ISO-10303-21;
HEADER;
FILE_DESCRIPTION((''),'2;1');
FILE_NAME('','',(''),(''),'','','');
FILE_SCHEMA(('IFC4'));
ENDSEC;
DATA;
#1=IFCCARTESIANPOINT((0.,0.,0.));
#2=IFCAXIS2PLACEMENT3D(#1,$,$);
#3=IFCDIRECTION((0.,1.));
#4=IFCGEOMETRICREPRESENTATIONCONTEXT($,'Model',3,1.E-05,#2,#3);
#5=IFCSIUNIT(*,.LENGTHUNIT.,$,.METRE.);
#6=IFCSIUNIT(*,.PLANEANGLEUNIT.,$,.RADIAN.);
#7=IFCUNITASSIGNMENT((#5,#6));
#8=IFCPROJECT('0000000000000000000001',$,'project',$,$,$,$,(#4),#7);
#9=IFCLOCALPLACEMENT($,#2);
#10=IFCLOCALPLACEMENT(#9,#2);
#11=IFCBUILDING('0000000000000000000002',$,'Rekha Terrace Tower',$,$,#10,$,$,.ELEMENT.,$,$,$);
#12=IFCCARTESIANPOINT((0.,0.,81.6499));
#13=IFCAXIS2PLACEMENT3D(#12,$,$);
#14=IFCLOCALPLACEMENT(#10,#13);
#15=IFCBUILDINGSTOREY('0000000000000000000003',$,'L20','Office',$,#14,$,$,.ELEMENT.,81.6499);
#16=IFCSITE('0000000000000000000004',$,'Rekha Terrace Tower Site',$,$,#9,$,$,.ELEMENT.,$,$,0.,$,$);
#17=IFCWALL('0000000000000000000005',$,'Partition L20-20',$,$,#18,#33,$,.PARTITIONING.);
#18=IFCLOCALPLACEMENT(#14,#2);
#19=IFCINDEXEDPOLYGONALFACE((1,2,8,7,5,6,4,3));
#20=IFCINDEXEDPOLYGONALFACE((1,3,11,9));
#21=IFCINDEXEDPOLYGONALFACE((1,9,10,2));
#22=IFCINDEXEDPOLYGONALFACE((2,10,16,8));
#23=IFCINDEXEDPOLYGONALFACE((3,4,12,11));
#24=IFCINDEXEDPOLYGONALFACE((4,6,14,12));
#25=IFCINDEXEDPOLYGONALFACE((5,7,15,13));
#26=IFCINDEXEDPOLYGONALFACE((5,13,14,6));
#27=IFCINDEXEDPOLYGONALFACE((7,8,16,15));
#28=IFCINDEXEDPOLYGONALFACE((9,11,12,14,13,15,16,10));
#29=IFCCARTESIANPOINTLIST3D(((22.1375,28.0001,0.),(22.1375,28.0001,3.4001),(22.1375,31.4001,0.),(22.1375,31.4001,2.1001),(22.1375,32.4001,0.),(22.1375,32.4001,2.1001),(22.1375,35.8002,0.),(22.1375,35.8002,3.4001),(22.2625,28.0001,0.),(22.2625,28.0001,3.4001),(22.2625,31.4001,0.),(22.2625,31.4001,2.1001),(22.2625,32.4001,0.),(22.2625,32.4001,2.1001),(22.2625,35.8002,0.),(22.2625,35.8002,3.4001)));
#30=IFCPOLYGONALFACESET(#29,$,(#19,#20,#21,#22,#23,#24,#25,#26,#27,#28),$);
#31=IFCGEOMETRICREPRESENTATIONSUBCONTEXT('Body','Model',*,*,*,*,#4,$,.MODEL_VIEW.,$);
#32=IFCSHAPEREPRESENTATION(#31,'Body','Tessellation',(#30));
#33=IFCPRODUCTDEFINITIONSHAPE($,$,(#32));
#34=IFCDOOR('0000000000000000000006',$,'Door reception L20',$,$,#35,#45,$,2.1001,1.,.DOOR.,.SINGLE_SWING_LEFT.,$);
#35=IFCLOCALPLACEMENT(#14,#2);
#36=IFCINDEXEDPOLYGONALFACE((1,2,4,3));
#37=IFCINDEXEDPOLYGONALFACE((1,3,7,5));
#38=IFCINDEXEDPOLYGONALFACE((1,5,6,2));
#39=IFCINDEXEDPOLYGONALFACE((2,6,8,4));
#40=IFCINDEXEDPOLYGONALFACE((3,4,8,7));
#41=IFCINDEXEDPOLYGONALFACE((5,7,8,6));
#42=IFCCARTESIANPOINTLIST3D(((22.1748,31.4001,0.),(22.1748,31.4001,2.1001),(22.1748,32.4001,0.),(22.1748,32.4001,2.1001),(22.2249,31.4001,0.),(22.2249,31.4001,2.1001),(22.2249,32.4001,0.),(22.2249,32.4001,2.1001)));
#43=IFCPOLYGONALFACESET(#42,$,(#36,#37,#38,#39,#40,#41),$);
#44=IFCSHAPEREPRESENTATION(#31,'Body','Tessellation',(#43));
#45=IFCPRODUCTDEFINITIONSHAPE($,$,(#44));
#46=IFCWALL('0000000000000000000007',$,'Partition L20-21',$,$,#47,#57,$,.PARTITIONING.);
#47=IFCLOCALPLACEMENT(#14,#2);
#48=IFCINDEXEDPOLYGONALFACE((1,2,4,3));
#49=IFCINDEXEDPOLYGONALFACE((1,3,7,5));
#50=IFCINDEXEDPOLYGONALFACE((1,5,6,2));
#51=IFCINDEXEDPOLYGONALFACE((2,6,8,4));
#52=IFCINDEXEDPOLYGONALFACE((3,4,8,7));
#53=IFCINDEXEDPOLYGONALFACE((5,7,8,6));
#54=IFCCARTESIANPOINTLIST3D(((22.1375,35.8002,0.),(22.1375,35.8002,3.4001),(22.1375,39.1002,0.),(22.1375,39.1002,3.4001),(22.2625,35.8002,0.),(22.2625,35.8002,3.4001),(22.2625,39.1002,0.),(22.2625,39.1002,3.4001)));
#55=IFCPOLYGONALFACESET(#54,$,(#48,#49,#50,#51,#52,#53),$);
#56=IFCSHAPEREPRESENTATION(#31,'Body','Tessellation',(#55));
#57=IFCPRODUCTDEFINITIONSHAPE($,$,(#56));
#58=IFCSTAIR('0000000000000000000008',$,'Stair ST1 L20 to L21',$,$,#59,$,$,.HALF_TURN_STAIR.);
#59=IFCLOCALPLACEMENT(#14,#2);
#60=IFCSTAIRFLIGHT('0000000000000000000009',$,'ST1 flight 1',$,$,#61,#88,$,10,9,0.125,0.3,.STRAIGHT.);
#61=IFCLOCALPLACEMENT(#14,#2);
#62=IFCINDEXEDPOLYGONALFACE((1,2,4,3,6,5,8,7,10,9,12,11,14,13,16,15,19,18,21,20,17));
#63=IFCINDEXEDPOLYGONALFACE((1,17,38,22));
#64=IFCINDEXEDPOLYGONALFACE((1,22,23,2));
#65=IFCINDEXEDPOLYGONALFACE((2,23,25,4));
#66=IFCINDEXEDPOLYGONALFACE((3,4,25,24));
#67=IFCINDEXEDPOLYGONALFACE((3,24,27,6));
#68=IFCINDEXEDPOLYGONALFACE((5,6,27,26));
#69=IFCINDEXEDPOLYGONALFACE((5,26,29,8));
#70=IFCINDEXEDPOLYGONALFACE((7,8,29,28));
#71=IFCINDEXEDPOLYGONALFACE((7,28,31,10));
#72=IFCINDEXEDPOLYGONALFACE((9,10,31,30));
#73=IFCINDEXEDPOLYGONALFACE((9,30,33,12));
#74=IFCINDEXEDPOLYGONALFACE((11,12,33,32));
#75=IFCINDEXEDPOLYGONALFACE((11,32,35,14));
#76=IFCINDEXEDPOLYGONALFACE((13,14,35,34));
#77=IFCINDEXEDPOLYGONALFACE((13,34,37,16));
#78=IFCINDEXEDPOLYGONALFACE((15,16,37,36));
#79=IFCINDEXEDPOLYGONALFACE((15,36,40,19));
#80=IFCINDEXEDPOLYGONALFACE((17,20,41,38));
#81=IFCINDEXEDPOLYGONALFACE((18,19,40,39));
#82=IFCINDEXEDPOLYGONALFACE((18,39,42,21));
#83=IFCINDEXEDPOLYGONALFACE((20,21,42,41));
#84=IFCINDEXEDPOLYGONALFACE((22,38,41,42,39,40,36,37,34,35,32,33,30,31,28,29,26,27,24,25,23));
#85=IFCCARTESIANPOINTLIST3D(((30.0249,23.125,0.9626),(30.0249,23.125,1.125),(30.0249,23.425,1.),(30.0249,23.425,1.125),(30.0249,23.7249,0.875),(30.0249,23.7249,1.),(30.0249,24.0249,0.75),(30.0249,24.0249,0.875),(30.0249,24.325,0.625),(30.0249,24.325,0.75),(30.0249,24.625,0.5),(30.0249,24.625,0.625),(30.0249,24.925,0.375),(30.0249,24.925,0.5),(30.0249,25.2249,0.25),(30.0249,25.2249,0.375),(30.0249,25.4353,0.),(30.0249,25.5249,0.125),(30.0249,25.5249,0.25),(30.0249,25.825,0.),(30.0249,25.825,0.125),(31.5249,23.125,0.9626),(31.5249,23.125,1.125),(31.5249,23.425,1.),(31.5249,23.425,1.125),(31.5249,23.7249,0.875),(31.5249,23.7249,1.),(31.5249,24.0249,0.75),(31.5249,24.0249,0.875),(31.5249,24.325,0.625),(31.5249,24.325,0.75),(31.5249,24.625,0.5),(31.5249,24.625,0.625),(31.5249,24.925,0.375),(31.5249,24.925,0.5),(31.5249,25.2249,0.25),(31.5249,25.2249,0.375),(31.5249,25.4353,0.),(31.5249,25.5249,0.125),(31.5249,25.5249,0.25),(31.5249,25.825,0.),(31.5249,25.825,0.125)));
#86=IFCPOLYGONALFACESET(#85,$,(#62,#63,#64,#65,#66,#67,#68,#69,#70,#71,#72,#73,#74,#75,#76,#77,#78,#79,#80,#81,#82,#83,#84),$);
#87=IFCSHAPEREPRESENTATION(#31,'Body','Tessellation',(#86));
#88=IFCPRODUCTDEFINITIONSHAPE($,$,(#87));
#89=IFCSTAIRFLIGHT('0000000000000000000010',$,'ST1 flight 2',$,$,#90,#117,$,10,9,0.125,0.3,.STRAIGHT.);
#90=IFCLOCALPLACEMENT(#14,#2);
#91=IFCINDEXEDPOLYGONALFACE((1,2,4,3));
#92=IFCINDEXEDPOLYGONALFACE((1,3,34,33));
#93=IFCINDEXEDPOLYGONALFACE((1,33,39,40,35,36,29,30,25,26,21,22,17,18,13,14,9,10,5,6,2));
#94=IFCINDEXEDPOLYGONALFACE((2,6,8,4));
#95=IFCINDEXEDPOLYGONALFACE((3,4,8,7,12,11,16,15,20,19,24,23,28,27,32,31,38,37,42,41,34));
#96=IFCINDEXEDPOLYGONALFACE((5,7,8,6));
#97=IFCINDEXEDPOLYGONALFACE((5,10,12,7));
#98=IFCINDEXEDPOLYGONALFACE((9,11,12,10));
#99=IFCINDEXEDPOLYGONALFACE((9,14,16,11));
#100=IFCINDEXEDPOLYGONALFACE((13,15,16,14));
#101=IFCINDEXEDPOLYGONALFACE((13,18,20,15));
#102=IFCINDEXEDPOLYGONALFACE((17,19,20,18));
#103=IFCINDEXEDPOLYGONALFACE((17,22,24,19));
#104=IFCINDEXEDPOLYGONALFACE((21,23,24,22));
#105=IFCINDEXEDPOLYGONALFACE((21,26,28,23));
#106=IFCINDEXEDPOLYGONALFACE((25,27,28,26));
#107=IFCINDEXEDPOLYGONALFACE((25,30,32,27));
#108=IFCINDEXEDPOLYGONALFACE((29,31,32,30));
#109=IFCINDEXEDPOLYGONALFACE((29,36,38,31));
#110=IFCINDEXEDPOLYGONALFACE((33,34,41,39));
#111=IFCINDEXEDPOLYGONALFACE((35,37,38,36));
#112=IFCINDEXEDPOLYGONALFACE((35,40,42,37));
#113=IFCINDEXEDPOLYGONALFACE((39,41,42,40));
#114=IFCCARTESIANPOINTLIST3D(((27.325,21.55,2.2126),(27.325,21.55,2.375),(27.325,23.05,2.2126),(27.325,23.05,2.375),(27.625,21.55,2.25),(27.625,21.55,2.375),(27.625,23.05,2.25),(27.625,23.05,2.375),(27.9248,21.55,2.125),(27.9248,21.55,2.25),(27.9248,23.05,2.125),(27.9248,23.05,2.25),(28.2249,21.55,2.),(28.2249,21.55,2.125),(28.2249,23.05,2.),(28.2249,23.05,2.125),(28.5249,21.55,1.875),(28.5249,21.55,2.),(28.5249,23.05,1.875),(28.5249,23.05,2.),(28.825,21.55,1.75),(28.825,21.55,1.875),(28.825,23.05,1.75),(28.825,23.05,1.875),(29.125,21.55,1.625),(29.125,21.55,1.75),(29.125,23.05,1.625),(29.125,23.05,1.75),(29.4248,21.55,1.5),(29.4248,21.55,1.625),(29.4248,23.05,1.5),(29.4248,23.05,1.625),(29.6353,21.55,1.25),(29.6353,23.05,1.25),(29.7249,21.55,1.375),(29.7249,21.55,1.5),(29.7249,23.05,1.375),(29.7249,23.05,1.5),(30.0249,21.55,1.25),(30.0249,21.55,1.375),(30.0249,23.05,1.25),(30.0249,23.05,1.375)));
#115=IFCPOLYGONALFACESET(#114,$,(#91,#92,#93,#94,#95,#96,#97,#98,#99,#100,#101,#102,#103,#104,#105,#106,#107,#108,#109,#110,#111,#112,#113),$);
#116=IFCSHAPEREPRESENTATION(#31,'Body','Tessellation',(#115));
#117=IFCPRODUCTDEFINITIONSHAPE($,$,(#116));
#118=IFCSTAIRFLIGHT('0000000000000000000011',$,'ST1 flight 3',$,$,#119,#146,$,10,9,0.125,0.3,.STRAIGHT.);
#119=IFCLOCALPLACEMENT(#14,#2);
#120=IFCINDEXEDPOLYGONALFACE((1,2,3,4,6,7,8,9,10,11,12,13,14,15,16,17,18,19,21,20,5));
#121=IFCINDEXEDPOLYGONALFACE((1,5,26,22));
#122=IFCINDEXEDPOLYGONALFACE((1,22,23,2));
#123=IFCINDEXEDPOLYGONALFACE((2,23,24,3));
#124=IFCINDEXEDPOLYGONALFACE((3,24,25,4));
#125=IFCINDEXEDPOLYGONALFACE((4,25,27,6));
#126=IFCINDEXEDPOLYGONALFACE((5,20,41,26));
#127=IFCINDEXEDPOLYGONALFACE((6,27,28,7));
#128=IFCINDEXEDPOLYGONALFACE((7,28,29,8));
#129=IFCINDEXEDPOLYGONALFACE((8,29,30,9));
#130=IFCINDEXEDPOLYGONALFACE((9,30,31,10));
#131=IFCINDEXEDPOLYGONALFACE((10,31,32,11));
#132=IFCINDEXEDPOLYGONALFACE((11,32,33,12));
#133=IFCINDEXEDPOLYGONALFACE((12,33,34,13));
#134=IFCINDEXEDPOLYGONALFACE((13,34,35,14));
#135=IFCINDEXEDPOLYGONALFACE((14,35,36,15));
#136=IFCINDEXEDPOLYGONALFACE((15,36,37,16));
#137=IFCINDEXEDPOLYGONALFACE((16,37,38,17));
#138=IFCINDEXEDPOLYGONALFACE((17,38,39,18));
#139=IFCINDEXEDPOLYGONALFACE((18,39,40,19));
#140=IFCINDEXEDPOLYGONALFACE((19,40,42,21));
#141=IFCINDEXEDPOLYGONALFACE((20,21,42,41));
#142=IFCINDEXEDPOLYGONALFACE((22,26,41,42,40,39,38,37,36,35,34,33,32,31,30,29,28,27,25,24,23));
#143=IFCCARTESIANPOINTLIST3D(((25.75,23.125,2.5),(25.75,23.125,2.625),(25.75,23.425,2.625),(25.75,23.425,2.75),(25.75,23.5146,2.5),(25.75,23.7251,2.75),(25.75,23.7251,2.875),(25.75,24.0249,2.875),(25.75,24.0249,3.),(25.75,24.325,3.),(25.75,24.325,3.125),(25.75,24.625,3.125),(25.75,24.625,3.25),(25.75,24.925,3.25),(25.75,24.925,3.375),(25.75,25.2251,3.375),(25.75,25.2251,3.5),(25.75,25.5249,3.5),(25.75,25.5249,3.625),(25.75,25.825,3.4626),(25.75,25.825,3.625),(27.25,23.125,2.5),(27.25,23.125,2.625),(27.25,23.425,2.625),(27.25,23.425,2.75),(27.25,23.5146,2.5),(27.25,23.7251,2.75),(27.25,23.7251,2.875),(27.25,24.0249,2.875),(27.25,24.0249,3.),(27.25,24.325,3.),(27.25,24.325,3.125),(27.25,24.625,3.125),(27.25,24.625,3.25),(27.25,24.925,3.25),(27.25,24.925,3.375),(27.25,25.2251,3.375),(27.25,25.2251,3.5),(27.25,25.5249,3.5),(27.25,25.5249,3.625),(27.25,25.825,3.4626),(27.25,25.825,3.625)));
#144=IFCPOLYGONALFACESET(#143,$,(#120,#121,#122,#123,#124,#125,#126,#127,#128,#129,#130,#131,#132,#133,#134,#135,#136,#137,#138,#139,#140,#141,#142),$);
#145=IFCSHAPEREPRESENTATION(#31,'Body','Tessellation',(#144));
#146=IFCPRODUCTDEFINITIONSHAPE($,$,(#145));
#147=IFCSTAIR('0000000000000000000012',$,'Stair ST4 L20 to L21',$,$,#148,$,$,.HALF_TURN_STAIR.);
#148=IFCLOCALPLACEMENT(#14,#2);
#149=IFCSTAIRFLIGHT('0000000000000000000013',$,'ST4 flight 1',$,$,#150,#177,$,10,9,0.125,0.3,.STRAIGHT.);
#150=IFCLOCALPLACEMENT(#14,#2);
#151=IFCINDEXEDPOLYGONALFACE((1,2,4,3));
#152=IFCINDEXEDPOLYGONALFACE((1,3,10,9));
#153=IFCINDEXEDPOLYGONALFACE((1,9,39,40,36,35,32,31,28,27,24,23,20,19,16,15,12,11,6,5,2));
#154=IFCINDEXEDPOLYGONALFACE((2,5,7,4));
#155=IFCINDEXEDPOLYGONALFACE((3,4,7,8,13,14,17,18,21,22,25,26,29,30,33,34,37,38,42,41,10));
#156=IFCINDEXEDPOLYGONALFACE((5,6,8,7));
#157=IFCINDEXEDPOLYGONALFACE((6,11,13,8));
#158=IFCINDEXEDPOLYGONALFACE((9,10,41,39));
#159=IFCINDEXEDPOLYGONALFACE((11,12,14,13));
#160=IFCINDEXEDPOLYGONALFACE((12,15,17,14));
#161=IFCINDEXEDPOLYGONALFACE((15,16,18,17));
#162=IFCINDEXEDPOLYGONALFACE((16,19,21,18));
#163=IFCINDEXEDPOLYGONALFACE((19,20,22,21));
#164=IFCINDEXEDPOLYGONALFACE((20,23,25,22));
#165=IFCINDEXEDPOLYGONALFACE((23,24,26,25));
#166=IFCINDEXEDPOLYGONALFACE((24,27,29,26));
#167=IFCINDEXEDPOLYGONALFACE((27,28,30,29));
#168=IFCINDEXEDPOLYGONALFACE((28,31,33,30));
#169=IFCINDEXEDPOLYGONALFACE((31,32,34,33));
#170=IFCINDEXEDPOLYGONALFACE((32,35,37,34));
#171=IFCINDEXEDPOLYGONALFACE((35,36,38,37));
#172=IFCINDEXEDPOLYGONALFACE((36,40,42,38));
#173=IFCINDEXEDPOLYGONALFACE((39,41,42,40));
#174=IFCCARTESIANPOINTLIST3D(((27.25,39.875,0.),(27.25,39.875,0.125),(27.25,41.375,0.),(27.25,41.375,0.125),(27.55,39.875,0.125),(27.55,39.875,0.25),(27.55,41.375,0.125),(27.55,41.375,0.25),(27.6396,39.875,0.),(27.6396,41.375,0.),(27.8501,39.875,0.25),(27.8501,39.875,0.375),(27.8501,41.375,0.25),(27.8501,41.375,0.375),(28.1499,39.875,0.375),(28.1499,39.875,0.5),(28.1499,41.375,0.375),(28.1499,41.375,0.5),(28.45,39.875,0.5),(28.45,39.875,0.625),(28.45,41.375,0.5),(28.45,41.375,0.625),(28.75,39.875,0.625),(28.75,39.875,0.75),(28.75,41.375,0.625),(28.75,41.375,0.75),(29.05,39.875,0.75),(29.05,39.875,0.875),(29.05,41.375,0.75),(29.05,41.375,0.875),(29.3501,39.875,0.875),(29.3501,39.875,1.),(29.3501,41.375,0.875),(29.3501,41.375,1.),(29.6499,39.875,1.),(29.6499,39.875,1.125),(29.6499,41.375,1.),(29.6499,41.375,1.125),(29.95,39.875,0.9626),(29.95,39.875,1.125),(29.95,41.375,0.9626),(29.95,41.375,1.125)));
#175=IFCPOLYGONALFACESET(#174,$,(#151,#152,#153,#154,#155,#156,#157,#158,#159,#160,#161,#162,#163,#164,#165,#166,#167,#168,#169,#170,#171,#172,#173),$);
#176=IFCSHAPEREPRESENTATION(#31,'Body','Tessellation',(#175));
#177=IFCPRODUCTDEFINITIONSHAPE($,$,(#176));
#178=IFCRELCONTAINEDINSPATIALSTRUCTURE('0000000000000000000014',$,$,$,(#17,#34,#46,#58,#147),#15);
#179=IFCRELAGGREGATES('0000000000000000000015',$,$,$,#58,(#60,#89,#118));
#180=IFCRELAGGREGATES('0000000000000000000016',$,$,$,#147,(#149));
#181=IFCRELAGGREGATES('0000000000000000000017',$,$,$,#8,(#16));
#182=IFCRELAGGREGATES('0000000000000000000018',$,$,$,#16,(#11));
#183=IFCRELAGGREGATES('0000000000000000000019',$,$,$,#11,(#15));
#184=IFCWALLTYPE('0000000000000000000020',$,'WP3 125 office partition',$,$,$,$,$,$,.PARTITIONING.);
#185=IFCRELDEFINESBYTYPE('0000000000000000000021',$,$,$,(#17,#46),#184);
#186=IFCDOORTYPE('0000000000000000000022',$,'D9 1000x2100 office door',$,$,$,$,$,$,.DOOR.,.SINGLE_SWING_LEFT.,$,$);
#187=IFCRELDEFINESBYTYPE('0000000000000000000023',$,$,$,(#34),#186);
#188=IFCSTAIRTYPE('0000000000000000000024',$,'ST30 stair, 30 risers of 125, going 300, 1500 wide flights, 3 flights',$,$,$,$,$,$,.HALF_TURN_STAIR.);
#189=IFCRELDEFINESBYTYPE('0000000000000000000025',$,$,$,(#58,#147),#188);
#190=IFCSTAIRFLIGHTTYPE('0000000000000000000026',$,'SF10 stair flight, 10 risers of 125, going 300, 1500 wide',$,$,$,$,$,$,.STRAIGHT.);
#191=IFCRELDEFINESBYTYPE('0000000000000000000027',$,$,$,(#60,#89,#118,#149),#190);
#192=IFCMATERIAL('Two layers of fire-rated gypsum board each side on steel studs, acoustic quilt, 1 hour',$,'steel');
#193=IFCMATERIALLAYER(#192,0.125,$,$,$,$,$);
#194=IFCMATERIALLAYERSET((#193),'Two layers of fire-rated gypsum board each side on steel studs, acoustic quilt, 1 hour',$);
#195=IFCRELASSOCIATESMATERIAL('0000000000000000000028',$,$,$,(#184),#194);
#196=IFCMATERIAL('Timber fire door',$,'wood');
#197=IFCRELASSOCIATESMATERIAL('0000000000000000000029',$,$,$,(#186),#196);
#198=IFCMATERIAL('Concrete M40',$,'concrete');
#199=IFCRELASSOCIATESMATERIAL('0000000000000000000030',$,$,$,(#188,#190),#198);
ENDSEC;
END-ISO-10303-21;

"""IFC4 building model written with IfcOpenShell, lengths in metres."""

from ifc_helpers import new_model, si_unit, direction, frame, frame_2d, origin, place, context, subcontext, project, spatial, polyline, rectangle, outline, extrude, material, layer, layer_set, type_object, element, fill, aggregate, save


model = new_model("IFC4")

# Units and contexts
model_context = context("Model", 3, precision=1e-05, world=origin(), true_north=direction((0.0, 1.0)))
body_context = subcontext(model_context, "Body", "Model", "MODEL_VIEW")
ifc_project = project(units=[si_unit("LENGTHUNIT", "METRE"), si_unit("PLANEANGLEUNIT", "RADIAN")], contexts=[model_context])

# Site, building, storey
site_placement = place(None, origin())
site = spatial("IfcSite", under=ifc_project, at=site_placement, Name="Rekha Terrace Tower Site", CompositionType="ELEMENT", RefElevation=0.0)
building_placement = place(site_placement, origin())
building = spatial("IfcBuilding", under=site, at=building_placement, Name="Rekha Terrace Tower", CompositionType="ELEMENT")
storey_placement = place(building_placement, frame((0.0, 0.0, 81.6499)))
storey = spatial("IfcBuildingStorey", under=building, at=storey_placement, Name="L20", Description="Office", CompositionType="ELEMENT", Elevation=81.6499)

# Wall, opening, door
ifc_material_1 = material(Name="Two layers of fire-rated gypsum board each side on steel studs, acoustic quilt, 1 hour", Category="steel")
ifc_layer_1 = layer(ifc_material_1, 0.125)
ifc_layer_set_1 = layer_set([ifc_layer_1], Name="Two layers of fire-rated gypsum board each side on steel studs, acoustic quilt, 1 hour")
wall_type_1 = type_object("IfcWallType", Name="WP3 125 office partition", PredefinedType="PARTITIONING", material=ifc_layer_set_1)
wall_1_placement = place(storey_placement, frame((22.2, 35.8, 0.0), z_axis=(0.0, 0.0, 1.0), x_axis=(0.0, -1.0, 0.0)))
wall_1 = element("IfcWall", 1, at=wall_1_placement, inside=storey, type_object=wall_type_1, Name="Partition L20-20", PredefinedType="PARTITIONING", context=body_context, shape_type="SweptSolid", body=[
    extrude(rectangle(XDim=7.8, YDim=0.125, at=frame_2d((3.8999, 0.0))), origin(), (0.0, 0.0, 1.0), 3.4001),
])
opening_1_placement = place(wall_1_placement, frame((3.3999, 0.0, 0.0)))
opening_1 = element("IfcOpeningElement", 2, at=opening_1_placement, cuts=wall_1, PredefinedType="OPENING", context=body_context, shape_type="SweptSolid", body=[
    extrude(rectangle(XDim=1.0, YDim=2.1001, at=frame_2d((0.5, 1.05))), frame((0.0, 0.0725, 0.0), z_axis=(0.0, -1.0, 0.0), x_axis=(1.0, 0.0, 0.0)), (0.0, 0.0, 1.0), 0.145),
])
ifc_material_2 = material(Name="Timber fire door", Category="wood")
door_type_1 = type_object("IfcDoorType", Name="D9 1000x2100 office door", OperationType="SINGLE_SWING_LEFT", PredefinedType="DOOR", material=ifc_material_2)
door_1_placement = place(opening_1_placement, origin())
door_1 = element("IfcDoor", 3, at=door_1_placement, inside=storey, type_object=door_type_1, Name="Door reception L20", OperationType="SINGLE_SWING_LEFT", OverallHeight=2.1001, OverallWidth=1.0, PredefinedType="DOOR", context=body_context, shape_type="SweptSolid", body=[
    extrude(rectangle(XDim=1.0, YDim=2.1001, at=frame_2d((0.5, 1.05))), frame((0.0, 0.0249, 0.0), z_axis=(0.0, -1.0, 0.0), x_axis=(1.0, 0.0, 0.0)), (0.0, 0.0, 1.0), 0.05),
])
fill(opening_1, door_1)

# Wall
wall_2_placement = place(storey_placement, frame((22.2, 39.1001, 0.0), z_axis=(0.0, 0.0, 1.0), x_axis=(0.0, -1.0, 0.0)))
element("IfcWall", 4, at=wall_2_placement, inside=storey, type_object=wall_type_1, Name="Partition L20-21", PredefinedType="PARTITIONING", context=body_context, shape_type="SweptSolid", body=[
    extrude(rectangle(XDim=3.3, YDim=0.125, at=frame_2d((1.6499, 0.0))), origin(), (0.0, 0.0, 1.0), 3.4001),
])

# Stair, stair flights
ifc_material_3 = material(Name="Concrete M40", Category="concrete")
stair_type = type_object("IfcStairType", Name="ST30 stair, 30 risers of 125, going 300, 1500 wide flights, 3 flights", PredefinedType="HALF_TURN_STAIR", material=ifc_material_3)
stair_1_placement = place(storey_placement, origin())
stair_1 = element("IfcStair", 5, at=stair_1_placement, inside=storey, type_object=stair_type, Name="Stair ST1 L20 to L21", PredefinedType="HALF_TURN_STAIR")
stair_flight_type = type_object("IfcStairFlightType", Name="SF10 stair flight, 10 risers of 125, going 300, 1500 wide", PredefinedType="STRAIGHT", material=ifc_material_3)
stair_flight_1_placement = place(storey_placement, frame((30.7749, 25.825, 0.0), z_axis=(0.0, 0.0, 1.0), x_axis=(0.0, -1.0, 0.0)))
stair_flight_1 = element("IfcStairFlight", 6, at=stair_flight_1_placement, type_object=stair_flight_type, Name="ST1 flight 1", NumberOfRisers=10, NumberOfTreads=9, PredefinedType="STRAIGHT", RiserHeight=0.125, TreadLength=0.3, context=body_context, shape_type="SweptSolid", body=[
    extrude(outline(polyline([(0.0, 0.0), (0.0, 0.125), (0.3, 0.125), (0.3, 0.25), (0.6001, 0.25), (0.6001, 0.375), (0.8999, 0.375), (0.8999, 0.5), (1.2, 0.5), (1.2, 0.625), (1.5, 0.625), (1.5, 0.75), (1.8, 0.75), (1.8, 0.875), (2.1001, 0.875), (2.1001, 1.0), (2.3999, 1.0), (2.3999, 1.125), (2.7, 1.125), (2.7, 1.25), (2.7, 0.9626), (0.3896, 0.0), (0.0, 0.0)])), frame((0.0, 0.75, 0.0), z_axis=(0.0, -1.0, 0.0), x_axis=(1.0, 0.0, 0.0)), (0.0, 0.0, 1.0), 1.5),
])
stair_flight_2_placement = place(storey_placement, frame((30.0249, 22.3, 1.25), z_axis=(0.0, 0.0, 1.0), x_axis=(-1.0, 0.0, 0.0)))
stair_flight_2 = element("IfcStairFlight", 7, at=stair_flight_2_placement, type_object=stair_flight_type, Name="ST1 flight 2", NumberOfRisers=10, NumberOfTreads=9, PredefinedType="STRAIGHT", RiserHeight=0.125, TreadLength=0.3, context=body_context, shape_type="SweptSolid", body=[
    extrude(outline(polyline([(0.0, 0.0), (0.0, 0.125), (0.3, 0.125), (0.3, 0.25), (0.6001, 0.25), (0.6001, 0.375), (0.8999, 0.375), (0.8999, 0.5), (1.2, 0.5), (1.2, 0.625), (1.5, 0.625), (1.5, 0.75), (1.8, 0.75), (1.8, 0.875), (2.1001, 0.875), (2.1001, 1.0), (2.3999, 1.0), (2.3999, 1.125), (2.7, 1.125), (2.7, 1.25), (2.7, 0.9626), (0.3896, 0.0), (0.0, 0.0)])), frame((0.0, 0.75, 0.0), z_axis=(0.0, -1.0, 0.0), x_axis=(1.0, 0.0, 0.0)), (0.0, 0.0, 1.0), 1.5),
])
stair_flight_3_placement = place(storey_placement, frame((26.5, 23.125, 2.5), z_axis=(0.0, 0.0, 1.0), x_axis=(0.0, 1.0, 0.0)))
stair_flight_3 = element("IfcStairFlight", 8, at=stair_flight_3_placement, type_object=stair_flight_type, Name="ST1 flight 3", NumberOfRisers=10, NumberOfTreads=9, PredefinedType="STRAIGHT", RiserHeight=0.125, TreadLength=0.3, context=body_context, shape_type="SweptSolid", body=[
    extrude(outline(polyline([(0.0, 0.0), (0.0, 0.125), (0.3, 0.125), (0.3, 0.25), (0.6001, 0.25), (0.6001, 0.375), (0.8999, 0.375), (0.8999, 0.5), (1.2, 0.5), (1.2, 0.625), (1.5, 0.625), (1.5, 0.75), (1.8, 0.75), (1.8, 0.875), (2.1001, 0.875), (2.1001, 1.0), (2.3999, 1.0), (2.3999, 1.125), (2.7, 1.125), (2.7, 1.25), (2.7, 0.9626), (0.3896, 0.0), (0.0, 0.0)])), frame((0.0, 0.75, 0.0), z_axis=(0.0, -1.0, 0.0), x_axis=(1.0, 0.0, 0.0)), (0.0, 0.0, 1.0), 1.5),
])
aggregate(stair_1, [stair_flight_1, stair_flight_2, stair_flight_3])

# Stair, stair flight
stair_2_placement = place(storey_placement, origin())
stair_2 = element("IfcStair", 9, at=stair_2_placement, inside=storey, type_object=stair_type, Name="Stair ST4 L20 to L21", PredefinedType="HALF_TURN_STAIR")
stair_flight_4_placement = place(storey_placement, frame((27.25, 40.625, 0.0), z_axis=(0.0, 0.0, 1.0), x_axis=(1.0, 0.0, 0.0)))
stair_flight_4 = element("IfcStairFlight", 10, at=stair_flight_4_placement, type_object=stair_flight_type, Name="ST4 flight 1", NumberOfRisers=10, NumberOfTreads=9, PredefinedType="STRAIGHT", RiserHeight=0.125, TreadLength=0.3, context=body_context, shape_type="SweptSolid", body=[
    extrude(outline(polyline([(0.0, 0.0), (0.0, 0.125), (0.3, 0.125), (0.3, 0.25), (0.6001, 0.25), (0.6001, 0.375), (0.8999, 0.375), (0.8999, 0.5), (1.2, 0.5), (1.2, 0.625), (1.5, 0.625), (1.5, 0.75), (1.8, 0.75), (1.8, 0.875), (2.1001, 0.875), (2.1001, 1.0), (2.3999, 1.0), (2.3999, 1.125), (2.7, 1.125), (2.7, 1.25), (2.7, 0.9626), (0.3896, 0.0), (0.0, 0.0)])), frame((0.0, 0.75, 0.0), z_axis=(0.0, -1.0, 0.0), x_axis=(1.0, 0.0, 0.0)), (0.0, 0.0, 1.0), 1.5),
])
aggregate(stair_2, [stair_flight_4])

save(model, "model.ifc")
